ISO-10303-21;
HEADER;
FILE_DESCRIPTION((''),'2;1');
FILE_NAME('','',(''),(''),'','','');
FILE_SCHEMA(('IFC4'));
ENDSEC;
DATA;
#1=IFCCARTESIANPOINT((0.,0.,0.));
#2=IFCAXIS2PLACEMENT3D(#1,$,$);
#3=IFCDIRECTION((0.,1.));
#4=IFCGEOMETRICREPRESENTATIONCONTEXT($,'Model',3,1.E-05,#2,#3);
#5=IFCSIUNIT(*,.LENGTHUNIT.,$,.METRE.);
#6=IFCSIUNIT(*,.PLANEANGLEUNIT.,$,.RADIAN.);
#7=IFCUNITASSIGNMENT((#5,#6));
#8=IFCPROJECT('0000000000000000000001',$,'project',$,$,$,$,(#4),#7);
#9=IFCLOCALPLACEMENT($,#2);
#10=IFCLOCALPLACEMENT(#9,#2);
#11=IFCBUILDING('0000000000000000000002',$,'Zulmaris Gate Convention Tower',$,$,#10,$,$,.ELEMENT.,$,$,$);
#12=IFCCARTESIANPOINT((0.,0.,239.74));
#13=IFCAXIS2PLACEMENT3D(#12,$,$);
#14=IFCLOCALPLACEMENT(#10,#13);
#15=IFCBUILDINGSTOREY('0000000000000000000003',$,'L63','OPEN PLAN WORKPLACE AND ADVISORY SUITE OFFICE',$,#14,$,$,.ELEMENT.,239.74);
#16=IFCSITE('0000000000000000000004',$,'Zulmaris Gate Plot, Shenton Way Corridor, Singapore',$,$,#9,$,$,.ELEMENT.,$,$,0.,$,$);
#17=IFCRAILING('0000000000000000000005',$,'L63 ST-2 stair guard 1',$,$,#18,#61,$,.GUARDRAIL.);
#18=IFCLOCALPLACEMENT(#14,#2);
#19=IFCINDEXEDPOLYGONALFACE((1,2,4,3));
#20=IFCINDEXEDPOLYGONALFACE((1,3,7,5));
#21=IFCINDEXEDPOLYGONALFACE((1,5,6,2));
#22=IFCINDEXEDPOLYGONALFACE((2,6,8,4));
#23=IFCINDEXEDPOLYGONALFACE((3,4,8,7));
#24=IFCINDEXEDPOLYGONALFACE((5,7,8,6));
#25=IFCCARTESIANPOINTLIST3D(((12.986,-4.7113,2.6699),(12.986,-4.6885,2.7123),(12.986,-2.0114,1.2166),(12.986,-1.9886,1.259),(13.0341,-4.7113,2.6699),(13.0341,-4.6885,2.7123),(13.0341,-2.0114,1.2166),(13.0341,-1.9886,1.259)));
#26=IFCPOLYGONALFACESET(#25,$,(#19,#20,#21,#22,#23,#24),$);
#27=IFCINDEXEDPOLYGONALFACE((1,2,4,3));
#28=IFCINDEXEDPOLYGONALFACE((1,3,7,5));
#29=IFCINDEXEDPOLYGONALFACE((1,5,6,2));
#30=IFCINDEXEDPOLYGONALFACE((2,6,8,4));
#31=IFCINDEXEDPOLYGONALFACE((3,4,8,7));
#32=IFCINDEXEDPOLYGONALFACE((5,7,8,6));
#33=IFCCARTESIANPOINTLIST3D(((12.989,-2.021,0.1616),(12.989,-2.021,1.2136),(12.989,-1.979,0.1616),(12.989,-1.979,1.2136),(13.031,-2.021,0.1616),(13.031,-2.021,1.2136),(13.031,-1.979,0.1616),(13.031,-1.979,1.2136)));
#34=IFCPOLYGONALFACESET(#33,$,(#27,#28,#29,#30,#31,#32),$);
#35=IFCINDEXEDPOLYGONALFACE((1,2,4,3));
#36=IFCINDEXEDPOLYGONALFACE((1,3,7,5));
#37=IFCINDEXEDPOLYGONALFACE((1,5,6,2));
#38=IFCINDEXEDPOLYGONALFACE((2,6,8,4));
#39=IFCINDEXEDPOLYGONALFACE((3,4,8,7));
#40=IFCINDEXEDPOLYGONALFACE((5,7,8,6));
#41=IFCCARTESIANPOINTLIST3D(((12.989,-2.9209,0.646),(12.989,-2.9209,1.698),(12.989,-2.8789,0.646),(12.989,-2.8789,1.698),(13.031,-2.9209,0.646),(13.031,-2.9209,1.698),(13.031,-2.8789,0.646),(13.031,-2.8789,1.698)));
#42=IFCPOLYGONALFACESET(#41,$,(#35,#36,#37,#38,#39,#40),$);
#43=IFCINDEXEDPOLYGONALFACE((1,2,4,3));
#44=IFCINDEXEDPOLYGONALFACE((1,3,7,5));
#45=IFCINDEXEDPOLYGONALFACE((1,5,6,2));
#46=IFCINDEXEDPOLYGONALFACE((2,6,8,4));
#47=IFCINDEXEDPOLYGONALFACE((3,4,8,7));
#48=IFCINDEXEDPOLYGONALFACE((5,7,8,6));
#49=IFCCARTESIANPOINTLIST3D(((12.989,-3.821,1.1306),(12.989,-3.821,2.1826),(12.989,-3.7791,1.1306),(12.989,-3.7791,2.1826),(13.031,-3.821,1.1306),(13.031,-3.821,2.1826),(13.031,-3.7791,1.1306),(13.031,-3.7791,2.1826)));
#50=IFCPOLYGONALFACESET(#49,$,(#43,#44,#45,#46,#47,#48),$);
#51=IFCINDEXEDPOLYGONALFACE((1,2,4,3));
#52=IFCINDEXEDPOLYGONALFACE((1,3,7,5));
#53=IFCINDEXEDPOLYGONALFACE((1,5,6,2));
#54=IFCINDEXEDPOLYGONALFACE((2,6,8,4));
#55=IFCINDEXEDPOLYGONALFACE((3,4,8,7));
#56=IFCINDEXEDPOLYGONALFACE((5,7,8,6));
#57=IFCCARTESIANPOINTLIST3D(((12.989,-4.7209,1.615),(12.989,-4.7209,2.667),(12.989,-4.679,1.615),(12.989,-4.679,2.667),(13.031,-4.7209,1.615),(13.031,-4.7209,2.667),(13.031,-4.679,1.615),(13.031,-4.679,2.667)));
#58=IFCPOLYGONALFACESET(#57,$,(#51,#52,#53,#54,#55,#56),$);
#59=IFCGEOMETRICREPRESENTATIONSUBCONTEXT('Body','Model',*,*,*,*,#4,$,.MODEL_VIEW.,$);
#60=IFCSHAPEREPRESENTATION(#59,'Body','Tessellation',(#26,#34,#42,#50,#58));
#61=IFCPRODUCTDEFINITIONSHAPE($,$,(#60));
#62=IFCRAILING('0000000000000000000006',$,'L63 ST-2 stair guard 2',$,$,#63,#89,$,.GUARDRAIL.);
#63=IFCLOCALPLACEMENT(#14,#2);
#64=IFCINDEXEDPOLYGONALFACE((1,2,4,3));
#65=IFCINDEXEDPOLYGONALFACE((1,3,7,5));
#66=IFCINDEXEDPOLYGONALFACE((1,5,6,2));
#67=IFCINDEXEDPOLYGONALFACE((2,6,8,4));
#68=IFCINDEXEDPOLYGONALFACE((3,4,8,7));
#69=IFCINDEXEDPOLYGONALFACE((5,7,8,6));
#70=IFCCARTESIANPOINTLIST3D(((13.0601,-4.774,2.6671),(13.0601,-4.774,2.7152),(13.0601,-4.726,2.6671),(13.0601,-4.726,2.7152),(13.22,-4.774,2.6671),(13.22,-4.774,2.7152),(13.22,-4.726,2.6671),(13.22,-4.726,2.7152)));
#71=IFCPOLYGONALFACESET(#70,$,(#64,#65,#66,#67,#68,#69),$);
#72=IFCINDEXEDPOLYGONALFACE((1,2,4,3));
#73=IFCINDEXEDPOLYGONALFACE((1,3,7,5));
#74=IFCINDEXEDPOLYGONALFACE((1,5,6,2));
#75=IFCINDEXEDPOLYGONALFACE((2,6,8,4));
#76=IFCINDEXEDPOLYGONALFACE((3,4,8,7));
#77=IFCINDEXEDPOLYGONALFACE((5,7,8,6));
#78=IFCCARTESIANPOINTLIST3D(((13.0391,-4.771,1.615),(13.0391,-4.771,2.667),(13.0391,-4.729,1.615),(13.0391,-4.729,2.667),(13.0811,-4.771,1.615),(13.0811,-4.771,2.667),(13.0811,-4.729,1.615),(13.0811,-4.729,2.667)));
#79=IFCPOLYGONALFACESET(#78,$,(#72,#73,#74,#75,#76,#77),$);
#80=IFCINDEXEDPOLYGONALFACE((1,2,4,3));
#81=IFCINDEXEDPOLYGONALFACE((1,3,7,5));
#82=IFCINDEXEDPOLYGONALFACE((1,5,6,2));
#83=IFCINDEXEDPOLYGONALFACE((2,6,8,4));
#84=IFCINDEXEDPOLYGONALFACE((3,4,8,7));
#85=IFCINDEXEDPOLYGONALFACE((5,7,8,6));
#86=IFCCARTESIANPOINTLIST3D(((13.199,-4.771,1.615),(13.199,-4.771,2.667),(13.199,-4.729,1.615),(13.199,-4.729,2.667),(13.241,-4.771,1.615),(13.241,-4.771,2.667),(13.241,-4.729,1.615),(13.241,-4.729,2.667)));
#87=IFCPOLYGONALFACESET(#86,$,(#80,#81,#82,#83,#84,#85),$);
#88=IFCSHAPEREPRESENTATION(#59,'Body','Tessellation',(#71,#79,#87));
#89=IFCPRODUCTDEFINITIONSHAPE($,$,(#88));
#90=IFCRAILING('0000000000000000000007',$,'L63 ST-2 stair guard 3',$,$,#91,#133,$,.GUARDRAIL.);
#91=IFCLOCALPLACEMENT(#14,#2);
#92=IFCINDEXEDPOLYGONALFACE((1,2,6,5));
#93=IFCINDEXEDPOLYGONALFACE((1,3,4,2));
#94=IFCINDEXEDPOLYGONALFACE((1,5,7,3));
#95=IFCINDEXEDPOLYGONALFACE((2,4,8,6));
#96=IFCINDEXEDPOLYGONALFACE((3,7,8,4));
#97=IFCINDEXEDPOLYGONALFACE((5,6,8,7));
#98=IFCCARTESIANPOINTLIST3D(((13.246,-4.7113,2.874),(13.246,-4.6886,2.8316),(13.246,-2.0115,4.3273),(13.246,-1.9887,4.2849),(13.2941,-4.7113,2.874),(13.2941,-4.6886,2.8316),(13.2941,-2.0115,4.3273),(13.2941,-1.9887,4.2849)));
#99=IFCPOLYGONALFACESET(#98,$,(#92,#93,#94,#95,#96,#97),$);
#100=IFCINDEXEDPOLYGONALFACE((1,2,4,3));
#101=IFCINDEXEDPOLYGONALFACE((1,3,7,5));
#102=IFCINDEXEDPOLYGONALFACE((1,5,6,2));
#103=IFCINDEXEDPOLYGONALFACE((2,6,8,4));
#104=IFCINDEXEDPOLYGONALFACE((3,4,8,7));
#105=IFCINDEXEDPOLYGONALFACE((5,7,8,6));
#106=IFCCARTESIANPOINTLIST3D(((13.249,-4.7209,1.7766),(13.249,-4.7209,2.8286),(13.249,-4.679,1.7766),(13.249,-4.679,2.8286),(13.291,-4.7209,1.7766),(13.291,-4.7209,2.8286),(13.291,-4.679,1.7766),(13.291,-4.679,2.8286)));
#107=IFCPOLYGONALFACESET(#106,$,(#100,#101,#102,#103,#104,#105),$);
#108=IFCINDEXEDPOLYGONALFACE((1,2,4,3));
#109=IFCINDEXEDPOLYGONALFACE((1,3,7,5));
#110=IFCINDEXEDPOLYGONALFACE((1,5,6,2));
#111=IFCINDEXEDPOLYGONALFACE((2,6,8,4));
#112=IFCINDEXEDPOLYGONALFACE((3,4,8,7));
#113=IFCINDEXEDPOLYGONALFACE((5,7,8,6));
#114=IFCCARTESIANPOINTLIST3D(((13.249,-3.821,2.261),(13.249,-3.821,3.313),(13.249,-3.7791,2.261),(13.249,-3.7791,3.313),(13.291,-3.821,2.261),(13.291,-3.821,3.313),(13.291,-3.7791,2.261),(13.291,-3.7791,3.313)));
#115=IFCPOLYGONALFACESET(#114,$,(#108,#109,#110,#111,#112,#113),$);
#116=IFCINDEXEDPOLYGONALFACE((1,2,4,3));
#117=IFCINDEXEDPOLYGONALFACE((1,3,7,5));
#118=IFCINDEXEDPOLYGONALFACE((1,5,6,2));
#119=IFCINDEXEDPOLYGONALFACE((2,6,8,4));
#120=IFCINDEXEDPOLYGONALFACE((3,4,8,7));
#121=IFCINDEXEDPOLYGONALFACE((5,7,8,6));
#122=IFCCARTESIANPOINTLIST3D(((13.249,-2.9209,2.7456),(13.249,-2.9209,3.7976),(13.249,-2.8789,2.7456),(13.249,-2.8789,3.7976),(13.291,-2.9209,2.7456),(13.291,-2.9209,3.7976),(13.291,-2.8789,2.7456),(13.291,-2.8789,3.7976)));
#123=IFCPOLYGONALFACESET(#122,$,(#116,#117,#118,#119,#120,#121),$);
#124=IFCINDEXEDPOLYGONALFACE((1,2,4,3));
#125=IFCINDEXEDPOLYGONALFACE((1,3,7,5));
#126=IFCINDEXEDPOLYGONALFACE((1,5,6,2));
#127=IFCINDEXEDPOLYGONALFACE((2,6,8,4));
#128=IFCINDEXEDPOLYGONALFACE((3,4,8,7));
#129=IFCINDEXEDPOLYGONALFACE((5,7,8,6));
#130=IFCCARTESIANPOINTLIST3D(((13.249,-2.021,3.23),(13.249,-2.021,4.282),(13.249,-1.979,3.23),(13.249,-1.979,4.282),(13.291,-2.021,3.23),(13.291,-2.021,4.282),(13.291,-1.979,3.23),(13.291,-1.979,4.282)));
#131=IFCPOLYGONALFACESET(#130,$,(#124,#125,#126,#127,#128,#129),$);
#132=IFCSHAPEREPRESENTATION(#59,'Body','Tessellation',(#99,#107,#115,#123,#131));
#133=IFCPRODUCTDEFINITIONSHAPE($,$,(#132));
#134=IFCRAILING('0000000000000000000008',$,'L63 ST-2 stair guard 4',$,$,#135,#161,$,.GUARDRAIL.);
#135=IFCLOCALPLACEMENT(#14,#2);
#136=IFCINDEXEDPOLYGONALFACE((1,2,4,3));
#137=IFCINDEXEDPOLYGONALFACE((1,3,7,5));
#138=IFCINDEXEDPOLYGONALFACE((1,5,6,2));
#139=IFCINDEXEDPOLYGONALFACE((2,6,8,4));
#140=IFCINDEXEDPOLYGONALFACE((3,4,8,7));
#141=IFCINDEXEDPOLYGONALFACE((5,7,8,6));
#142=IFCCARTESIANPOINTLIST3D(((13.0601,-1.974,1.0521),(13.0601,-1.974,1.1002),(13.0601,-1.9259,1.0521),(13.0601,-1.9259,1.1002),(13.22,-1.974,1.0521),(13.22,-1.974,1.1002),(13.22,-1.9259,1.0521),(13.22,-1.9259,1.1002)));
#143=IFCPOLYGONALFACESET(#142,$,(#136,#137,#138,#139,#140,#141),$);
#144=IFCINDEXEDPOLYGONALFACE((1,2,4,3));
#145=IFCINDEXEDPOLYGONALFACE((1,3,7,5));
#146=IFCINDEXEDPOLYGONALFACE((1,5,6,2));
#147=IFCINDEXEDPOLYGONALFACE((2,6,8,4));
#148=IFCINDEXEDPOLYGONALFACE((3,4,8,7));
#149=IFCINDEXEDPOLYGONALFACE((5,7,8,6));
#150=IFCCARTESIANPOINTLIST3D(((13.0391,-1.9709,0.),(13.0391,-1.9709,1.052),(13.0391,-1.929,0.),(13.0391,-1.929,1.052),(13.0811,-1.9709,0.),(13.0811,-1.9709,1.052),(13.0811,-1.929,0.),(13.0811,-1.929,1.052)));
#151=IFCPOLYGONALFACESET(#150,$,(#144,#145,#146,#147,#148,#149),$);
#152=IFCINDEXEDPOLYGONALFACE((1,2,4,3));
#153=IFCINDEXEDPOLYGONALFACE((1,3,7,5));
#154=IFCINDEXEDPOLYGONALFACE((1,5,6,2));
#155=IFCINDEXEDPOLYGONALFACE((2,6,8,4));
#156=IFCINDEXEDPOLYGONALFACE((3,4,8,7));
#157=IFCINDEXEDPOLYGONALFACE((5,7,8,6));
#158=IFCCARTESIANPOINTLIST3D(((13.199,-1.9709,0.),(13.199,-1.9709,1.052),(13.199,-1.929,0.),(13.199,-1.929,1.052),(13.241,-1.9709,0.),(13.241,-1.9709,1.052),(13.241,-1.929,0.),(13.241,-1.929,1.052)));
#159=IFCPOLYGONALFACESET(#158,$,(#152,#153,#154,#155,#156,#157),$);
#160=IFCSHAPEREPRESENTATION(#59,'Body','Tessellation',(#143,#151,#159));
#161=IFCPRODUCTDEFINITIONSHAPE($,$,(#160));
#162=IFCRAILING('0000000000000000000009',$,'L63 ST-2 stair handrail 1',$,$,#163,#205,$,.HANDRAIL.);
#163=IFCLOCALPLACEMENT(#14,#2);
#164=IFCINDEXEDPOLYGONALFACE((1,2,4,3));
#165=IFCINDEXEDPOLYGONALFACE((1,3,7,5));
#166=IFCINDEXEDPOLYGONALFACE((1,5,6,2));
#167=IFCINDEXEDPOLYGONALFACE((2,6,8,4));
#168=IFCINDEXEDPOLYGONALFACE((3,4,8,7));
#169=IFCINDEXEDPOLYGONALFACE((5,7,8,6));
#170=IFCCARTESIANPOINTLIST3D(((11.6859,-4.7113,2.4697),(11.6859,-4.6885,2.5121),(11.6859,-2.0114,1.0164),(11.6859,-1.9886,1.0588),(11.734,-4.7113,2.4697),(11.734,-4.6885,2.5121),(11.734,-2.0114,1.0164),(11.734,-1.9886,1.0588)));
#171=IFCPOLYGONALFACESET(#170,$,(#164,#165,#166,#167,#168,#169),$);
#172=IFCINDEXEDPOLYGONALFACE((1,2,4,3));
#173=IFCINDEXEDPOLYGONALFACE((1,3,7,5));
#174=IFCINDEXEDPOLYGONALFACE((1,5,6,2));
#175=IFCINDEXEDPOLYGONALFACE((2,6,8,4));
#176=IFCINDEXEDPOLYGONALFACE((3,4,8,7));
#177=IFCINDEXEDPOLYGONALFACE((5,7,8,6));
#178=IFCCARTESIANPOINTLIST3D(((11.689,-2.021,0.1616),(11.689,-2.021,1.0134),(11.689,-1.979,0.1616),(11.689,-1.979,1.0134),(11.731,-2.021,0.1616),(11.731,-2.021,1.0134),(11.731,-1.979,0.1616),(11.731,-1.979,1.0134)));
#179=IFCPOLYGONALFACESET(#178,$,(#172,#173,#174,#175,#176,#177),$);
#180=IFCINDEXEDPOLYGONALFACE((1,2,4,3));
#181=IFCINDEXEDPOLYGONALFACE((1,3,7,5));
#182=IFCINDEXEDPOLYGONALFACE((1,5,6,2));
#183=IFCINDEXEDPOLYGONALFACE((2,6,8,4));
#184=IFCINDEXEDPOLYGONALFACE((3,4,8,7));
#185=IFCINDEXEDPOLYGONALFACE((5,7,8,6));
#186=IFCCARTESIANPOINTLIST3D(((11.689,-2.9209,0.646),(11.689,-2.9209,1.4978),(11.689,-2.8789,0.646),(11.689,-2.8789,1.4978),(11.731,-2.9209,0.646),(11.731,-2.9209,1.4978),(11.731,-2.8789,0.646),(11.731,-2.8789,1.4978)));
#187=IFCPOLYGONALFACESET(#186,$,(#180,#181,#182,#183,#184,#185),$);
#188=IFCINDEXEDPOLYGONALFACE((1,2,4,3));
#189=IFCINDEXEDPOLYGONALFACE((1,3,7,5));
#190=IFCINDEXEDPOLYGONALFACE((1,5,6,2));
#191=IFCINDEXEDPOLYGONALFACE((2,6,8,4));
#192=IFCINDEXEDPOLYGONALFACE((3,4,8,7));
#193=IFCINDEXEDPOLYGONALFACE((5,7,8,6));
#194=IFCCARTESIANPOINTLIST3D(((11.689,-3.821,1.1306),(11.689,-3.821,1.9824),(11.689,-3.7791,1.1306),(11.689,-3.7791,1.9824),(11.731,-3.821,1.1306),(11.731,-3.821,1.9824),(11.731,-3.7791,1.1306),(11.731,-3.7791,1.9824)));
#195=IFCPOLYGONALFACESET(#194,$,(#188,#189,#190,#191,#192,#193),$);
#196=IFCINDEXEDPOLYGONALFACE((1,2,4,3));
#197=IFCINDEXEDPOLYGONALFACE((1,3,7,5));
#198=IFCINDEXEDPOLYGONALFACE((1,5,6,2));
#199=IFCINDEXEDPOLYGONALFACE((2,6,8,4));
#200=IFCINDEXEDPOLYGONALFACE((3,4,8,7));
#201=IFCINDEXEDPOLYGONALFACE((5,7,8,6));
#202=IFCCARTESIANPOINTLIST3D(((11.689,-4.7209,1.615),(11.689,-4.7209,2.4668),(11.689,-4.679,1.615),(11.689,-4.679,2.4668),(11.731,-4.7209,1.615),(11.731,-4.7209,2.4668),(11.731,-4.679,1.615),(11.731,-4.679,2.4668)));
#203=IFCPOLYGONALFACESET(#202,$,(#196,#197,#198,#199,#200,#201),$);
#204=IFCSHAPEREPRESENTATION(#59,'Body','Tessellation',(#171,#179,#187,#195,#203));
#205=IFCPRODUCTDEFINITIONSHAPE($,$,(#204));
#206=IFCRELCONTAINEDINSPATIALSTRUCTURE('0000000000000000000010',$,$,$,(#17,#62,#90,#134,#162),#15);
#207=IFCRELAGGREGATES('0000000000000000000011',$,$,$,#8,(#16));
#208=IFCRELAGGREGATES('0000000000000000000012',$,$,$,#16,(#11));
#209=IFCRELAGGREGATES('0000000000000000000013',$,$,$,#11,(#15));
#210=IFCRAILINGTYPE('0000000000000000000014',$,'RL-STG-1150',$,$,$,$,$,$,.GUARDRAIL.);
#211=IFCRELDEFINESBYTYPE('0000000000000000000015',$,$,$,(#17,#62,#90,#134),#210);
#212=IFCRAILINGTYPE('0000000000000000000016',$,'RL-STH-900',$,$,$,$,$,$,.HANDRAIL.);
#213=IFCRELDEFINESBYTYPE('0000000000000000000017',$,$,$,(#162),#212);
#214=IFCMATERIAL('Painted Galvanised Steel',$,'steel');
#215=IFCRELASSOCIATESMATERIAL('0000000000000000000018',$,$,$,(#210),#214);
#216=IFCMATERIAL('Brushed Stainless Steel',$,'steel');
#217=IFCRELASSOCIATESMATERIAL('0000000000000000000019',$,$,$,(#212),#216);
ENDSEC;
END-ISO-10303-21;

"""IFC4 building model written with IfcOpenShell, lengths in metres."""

from ifc_helpers import new_model, si_unit, direction, frame, origin, origin_2d, place, context, subcontext, project, spatial, rectangle, extrude, material, type_object, element, save


model = new_model("IFC4")

# Units and contexts
model_context = context("Model", 3, precision=1e-05, world=origin(), true_north=direction((0.0, 1.0)))
body_context = subcontext(model_context, "Body", "Model", "MODEL_VIEW")
ifc_project = project(units=[si_unit("LENGTHUNIT", "METRE"), si_unit("PLANEANGLEUNIT", "RADIAN")], contexts=[model_context])

# Site, building, storey
site_placement = place(None, origin())
site = spatial("IfcSite", under=ifc_project, at=site_placement, Name="Zulmaris Gate Plot, Shenton Way Corridor, Singapore", CompositionType="ELEMENT", RefElevation=0.0)
building_placement = place(site_placement, origin())
building = spatial("IfcBuilding", under=site, at=building_placement, Name="Zulmaris Gate Convention Tower", CompositionType="ELEMENT")
storey_placement = place(building_placement, frame((0.0, 0.0, 239.74)))
storey = spatial("IfcBuildingStorey", under=building, at=storey_placement, Name="L63", Description="OPEN PLAN WORKPLACE AND ADVISORY SUITE OFFICE", CompositionType="ELEMENT", Elevation=239.74)

# Railings
ifc_material_1 = material(Name="Painted Galvanised Steel", Category="steel")
railing_type_1 = type_object("IfcRailingType", Name="RL-STG-1150", PredefinedType="GUARDRAIL", material=ifc_material_1)
railing_1_placement = place(storey_placement, frame((13.01, -2.0, 0.1616)))
element("IfcRailing", 1, at=railing_1_placement, inside=storey, type_object=railing_type_1, Name="L63 ST-2 stair guard 1", PredefinedType="GUARDRAIL", context=body_context, shape_type="SweptSolid", body=[
    extrude(rectangle(XDim=0.0481, YDim=0.0481, at=origin_2d()), frame((0.0, 0.0, 1.0762), z_axis=(0.0, -0.880532, 0.473986), x_axis=(1.0, 0.0, 0.0)), (0.0, 0.0, 1.0), 3.0662),
    extrude(rectangle(XDim=0.042, YDim=0.042, at=origin_2d()), origin(), (0.0, 0.0, 1.0), 1.052),
    extrude(rectangle(XDim=0.042, YDim=0.042, at=origin_2d()), frame((0.0, -0.8999, 0.4844)), (0.0, 0.0, 1.0), 1.052),
    extrude(rectangle(XDim=0.042, YDim=0.042, at=origin_2d()), frame((0.0, -1.8, 0.969)), (0.0, 0.0, 1.0), 1.052),
    extrude(rectangle(XDim=0.042, YDim=0.042, at=origin_2d()), frame((0.0, -2.7, 1.4534)), (0.0, 0.0, 1.0), 1.052),
])
railing_2_placement = place(storey_placement, frame((13.0601, -4.75, 1.615)))
element("IfcRailing", 2, at=railing_2_placement, inside=storey, type_object=railing_type_1, Name="L63 ST-2 stair guard 2", PredefinedType="GUARDRAIL", context=body_context, shape_type="SweptSolid", body=[
    extrude(rectangle(XDim=0.0481, YDim=0.0481, at=origin_2d()), frame((0.0, 0.0, 1.0762), z_axis=(1.0, 0.0, 0.0), x_axis=(0.0, 1.0, 0.0)), (0.0, 0.0, 1.0), 0.1599),
    extrude(rectangle(XDim=0.042, YDim=0.042, at=origin_2d()), origin(), (0.0, 0.0, 1.0), 1.052),
    extrude(rectangle(XDim=0.042, YDim=0.042, at=origin_2d()), frame((0.1599, 0.0, 0.0)), (0.0, 0.0, 1.0), 1.052),
])
railing_3_placement = place(storey_placement, frame((13.27, -4.7, 1.7766)))
element("IfcRailing", 3, at=railing_3_placement, inside=storey, type_object=railing_type_1, Name="L63 ST-2 stair guard 3", PredefinedType="GUARDRAIL", context=body_context, shape_type="SweptSolid", body=[
    extrude(rectangle(XDim=0.0481, YDim=0.0481, at=origin_2d()), frame((0.0, 0.0, 1.0762), z_axis=(0.0, 0.880532, 0.473986), x_axis=(-1.0, 0.0, 0.0)), (0.0, 0.0, 1.0), 3.0662),
    extrude(rectangle(XDim=0.042, YDim=0.042, at=origin_2d()), origin(), (0.0, 0.0, 1.0), 1.052),
    extrude(rectangle(XDim=0.042, YDim=0.042, at=origin_2d()), frame((0.0, 0.8999, 0.4844)), (0.0, 0.0, 1.0), 1.052),
    extrude(rectangle(XDim=0.042, YDim=0.042, at=origin_2d()), frame((0.0, 1.8, 0.969)), (0.0, 0.0, 1.0), 1.052),
    extrude(rectangle(XDim=0.042, YDim=0.042, at=origin_2d()), frame((0.0, 2.7, 1.4534)), (0.0, 0.0, 1.0), 1.052),
])
railing_4_placement = place(storey_placement, frame((13.0601, -1.95, 0.0)))
element("IfcRailing", 4, at=railing_4_placement, inside=storey, type_object=railing_type_1, Name="L63 ST-2 stair guard 4", PredefinedType="GUARDRAIL", context=body_context, shape_type="SweptSolid", body=[
    extrude(rectangle(XDim=0.0481, YDim=0.0481, at=origin_2d()), frame((0.0, 0.0, 1.0762), z_axis=(1.0, 0.0, 0.0), x_axis=(0.0, 1.0, 0.0)), (0.0, 0.0, 1.0), 0.1599),
    extrude(rectangle(XDim=0.042, YDim=0.042, at=origin_2d()), origin(), (0.0, 0.0, 1.0), 1.052),
    extrude(rectangle(XDim=0.042, YDim=0.042, at=origin_2d()), frame((0.1599, 0.0, 0.0)), (0.0, 0.0, 1.0), 1.052),
])
ifc_material_2 = material(Name="Brushed Stainless Steel", Category="steel")
railing_type_2 = type_object("IfcRailingType", Name="RL-STH-900", PredefinedType="HANDRAIL", material=ifc_material_2)
railing_5_placement = place(storey_placement, frame((11.71, -2.0, 0.1616)))
element("IfcRailing", 5, at=railing_5_placement, inside=storey, type_object=railing_type_2, Name="L63 ST-2 stair handrail 1", PredefinedType="HANDRAIL", context=body_context, shape_type="SweptSolid", body=[
    extrude(rectangle(XDim=0.0481, YDim=0.0481, at=origin_2d()), frame((0.0, 0.0, 0.876), z_axis=(0.0, -0.880532, 0.473986), x_axis=(1.0, 0.0, 0.0)), (0.0, 0.0, 1.0), 3.0662),
    extrude(rectangle(XDim=0.042, YDim=0.042, at=origin_2d()), origin(), (0.0, 0.0, 1.0), 0.8518),
    extrude(rectangle(XDim=0.042, YDim=0.042, at=origin_2d()), frame((0.0, -0.8999, 0.4844)), (0.0, 0.0, 1.0), 0.8518),
    extrude(rectangle(XDim=0.042, YDim=0.042, at=origin_2d()), frame((0.0, -1.8, 0.969)), (0.0, 0.0, 1.0), 0.8518),
    extrude(rectangle(XDim=0.042, YDim=0.042, at=origin_2d()), frame((0.0, -2.7, 1.4534)), (0.0, 0.0, 1.0), 0.8518),
])

save(model, "model.ifc")
